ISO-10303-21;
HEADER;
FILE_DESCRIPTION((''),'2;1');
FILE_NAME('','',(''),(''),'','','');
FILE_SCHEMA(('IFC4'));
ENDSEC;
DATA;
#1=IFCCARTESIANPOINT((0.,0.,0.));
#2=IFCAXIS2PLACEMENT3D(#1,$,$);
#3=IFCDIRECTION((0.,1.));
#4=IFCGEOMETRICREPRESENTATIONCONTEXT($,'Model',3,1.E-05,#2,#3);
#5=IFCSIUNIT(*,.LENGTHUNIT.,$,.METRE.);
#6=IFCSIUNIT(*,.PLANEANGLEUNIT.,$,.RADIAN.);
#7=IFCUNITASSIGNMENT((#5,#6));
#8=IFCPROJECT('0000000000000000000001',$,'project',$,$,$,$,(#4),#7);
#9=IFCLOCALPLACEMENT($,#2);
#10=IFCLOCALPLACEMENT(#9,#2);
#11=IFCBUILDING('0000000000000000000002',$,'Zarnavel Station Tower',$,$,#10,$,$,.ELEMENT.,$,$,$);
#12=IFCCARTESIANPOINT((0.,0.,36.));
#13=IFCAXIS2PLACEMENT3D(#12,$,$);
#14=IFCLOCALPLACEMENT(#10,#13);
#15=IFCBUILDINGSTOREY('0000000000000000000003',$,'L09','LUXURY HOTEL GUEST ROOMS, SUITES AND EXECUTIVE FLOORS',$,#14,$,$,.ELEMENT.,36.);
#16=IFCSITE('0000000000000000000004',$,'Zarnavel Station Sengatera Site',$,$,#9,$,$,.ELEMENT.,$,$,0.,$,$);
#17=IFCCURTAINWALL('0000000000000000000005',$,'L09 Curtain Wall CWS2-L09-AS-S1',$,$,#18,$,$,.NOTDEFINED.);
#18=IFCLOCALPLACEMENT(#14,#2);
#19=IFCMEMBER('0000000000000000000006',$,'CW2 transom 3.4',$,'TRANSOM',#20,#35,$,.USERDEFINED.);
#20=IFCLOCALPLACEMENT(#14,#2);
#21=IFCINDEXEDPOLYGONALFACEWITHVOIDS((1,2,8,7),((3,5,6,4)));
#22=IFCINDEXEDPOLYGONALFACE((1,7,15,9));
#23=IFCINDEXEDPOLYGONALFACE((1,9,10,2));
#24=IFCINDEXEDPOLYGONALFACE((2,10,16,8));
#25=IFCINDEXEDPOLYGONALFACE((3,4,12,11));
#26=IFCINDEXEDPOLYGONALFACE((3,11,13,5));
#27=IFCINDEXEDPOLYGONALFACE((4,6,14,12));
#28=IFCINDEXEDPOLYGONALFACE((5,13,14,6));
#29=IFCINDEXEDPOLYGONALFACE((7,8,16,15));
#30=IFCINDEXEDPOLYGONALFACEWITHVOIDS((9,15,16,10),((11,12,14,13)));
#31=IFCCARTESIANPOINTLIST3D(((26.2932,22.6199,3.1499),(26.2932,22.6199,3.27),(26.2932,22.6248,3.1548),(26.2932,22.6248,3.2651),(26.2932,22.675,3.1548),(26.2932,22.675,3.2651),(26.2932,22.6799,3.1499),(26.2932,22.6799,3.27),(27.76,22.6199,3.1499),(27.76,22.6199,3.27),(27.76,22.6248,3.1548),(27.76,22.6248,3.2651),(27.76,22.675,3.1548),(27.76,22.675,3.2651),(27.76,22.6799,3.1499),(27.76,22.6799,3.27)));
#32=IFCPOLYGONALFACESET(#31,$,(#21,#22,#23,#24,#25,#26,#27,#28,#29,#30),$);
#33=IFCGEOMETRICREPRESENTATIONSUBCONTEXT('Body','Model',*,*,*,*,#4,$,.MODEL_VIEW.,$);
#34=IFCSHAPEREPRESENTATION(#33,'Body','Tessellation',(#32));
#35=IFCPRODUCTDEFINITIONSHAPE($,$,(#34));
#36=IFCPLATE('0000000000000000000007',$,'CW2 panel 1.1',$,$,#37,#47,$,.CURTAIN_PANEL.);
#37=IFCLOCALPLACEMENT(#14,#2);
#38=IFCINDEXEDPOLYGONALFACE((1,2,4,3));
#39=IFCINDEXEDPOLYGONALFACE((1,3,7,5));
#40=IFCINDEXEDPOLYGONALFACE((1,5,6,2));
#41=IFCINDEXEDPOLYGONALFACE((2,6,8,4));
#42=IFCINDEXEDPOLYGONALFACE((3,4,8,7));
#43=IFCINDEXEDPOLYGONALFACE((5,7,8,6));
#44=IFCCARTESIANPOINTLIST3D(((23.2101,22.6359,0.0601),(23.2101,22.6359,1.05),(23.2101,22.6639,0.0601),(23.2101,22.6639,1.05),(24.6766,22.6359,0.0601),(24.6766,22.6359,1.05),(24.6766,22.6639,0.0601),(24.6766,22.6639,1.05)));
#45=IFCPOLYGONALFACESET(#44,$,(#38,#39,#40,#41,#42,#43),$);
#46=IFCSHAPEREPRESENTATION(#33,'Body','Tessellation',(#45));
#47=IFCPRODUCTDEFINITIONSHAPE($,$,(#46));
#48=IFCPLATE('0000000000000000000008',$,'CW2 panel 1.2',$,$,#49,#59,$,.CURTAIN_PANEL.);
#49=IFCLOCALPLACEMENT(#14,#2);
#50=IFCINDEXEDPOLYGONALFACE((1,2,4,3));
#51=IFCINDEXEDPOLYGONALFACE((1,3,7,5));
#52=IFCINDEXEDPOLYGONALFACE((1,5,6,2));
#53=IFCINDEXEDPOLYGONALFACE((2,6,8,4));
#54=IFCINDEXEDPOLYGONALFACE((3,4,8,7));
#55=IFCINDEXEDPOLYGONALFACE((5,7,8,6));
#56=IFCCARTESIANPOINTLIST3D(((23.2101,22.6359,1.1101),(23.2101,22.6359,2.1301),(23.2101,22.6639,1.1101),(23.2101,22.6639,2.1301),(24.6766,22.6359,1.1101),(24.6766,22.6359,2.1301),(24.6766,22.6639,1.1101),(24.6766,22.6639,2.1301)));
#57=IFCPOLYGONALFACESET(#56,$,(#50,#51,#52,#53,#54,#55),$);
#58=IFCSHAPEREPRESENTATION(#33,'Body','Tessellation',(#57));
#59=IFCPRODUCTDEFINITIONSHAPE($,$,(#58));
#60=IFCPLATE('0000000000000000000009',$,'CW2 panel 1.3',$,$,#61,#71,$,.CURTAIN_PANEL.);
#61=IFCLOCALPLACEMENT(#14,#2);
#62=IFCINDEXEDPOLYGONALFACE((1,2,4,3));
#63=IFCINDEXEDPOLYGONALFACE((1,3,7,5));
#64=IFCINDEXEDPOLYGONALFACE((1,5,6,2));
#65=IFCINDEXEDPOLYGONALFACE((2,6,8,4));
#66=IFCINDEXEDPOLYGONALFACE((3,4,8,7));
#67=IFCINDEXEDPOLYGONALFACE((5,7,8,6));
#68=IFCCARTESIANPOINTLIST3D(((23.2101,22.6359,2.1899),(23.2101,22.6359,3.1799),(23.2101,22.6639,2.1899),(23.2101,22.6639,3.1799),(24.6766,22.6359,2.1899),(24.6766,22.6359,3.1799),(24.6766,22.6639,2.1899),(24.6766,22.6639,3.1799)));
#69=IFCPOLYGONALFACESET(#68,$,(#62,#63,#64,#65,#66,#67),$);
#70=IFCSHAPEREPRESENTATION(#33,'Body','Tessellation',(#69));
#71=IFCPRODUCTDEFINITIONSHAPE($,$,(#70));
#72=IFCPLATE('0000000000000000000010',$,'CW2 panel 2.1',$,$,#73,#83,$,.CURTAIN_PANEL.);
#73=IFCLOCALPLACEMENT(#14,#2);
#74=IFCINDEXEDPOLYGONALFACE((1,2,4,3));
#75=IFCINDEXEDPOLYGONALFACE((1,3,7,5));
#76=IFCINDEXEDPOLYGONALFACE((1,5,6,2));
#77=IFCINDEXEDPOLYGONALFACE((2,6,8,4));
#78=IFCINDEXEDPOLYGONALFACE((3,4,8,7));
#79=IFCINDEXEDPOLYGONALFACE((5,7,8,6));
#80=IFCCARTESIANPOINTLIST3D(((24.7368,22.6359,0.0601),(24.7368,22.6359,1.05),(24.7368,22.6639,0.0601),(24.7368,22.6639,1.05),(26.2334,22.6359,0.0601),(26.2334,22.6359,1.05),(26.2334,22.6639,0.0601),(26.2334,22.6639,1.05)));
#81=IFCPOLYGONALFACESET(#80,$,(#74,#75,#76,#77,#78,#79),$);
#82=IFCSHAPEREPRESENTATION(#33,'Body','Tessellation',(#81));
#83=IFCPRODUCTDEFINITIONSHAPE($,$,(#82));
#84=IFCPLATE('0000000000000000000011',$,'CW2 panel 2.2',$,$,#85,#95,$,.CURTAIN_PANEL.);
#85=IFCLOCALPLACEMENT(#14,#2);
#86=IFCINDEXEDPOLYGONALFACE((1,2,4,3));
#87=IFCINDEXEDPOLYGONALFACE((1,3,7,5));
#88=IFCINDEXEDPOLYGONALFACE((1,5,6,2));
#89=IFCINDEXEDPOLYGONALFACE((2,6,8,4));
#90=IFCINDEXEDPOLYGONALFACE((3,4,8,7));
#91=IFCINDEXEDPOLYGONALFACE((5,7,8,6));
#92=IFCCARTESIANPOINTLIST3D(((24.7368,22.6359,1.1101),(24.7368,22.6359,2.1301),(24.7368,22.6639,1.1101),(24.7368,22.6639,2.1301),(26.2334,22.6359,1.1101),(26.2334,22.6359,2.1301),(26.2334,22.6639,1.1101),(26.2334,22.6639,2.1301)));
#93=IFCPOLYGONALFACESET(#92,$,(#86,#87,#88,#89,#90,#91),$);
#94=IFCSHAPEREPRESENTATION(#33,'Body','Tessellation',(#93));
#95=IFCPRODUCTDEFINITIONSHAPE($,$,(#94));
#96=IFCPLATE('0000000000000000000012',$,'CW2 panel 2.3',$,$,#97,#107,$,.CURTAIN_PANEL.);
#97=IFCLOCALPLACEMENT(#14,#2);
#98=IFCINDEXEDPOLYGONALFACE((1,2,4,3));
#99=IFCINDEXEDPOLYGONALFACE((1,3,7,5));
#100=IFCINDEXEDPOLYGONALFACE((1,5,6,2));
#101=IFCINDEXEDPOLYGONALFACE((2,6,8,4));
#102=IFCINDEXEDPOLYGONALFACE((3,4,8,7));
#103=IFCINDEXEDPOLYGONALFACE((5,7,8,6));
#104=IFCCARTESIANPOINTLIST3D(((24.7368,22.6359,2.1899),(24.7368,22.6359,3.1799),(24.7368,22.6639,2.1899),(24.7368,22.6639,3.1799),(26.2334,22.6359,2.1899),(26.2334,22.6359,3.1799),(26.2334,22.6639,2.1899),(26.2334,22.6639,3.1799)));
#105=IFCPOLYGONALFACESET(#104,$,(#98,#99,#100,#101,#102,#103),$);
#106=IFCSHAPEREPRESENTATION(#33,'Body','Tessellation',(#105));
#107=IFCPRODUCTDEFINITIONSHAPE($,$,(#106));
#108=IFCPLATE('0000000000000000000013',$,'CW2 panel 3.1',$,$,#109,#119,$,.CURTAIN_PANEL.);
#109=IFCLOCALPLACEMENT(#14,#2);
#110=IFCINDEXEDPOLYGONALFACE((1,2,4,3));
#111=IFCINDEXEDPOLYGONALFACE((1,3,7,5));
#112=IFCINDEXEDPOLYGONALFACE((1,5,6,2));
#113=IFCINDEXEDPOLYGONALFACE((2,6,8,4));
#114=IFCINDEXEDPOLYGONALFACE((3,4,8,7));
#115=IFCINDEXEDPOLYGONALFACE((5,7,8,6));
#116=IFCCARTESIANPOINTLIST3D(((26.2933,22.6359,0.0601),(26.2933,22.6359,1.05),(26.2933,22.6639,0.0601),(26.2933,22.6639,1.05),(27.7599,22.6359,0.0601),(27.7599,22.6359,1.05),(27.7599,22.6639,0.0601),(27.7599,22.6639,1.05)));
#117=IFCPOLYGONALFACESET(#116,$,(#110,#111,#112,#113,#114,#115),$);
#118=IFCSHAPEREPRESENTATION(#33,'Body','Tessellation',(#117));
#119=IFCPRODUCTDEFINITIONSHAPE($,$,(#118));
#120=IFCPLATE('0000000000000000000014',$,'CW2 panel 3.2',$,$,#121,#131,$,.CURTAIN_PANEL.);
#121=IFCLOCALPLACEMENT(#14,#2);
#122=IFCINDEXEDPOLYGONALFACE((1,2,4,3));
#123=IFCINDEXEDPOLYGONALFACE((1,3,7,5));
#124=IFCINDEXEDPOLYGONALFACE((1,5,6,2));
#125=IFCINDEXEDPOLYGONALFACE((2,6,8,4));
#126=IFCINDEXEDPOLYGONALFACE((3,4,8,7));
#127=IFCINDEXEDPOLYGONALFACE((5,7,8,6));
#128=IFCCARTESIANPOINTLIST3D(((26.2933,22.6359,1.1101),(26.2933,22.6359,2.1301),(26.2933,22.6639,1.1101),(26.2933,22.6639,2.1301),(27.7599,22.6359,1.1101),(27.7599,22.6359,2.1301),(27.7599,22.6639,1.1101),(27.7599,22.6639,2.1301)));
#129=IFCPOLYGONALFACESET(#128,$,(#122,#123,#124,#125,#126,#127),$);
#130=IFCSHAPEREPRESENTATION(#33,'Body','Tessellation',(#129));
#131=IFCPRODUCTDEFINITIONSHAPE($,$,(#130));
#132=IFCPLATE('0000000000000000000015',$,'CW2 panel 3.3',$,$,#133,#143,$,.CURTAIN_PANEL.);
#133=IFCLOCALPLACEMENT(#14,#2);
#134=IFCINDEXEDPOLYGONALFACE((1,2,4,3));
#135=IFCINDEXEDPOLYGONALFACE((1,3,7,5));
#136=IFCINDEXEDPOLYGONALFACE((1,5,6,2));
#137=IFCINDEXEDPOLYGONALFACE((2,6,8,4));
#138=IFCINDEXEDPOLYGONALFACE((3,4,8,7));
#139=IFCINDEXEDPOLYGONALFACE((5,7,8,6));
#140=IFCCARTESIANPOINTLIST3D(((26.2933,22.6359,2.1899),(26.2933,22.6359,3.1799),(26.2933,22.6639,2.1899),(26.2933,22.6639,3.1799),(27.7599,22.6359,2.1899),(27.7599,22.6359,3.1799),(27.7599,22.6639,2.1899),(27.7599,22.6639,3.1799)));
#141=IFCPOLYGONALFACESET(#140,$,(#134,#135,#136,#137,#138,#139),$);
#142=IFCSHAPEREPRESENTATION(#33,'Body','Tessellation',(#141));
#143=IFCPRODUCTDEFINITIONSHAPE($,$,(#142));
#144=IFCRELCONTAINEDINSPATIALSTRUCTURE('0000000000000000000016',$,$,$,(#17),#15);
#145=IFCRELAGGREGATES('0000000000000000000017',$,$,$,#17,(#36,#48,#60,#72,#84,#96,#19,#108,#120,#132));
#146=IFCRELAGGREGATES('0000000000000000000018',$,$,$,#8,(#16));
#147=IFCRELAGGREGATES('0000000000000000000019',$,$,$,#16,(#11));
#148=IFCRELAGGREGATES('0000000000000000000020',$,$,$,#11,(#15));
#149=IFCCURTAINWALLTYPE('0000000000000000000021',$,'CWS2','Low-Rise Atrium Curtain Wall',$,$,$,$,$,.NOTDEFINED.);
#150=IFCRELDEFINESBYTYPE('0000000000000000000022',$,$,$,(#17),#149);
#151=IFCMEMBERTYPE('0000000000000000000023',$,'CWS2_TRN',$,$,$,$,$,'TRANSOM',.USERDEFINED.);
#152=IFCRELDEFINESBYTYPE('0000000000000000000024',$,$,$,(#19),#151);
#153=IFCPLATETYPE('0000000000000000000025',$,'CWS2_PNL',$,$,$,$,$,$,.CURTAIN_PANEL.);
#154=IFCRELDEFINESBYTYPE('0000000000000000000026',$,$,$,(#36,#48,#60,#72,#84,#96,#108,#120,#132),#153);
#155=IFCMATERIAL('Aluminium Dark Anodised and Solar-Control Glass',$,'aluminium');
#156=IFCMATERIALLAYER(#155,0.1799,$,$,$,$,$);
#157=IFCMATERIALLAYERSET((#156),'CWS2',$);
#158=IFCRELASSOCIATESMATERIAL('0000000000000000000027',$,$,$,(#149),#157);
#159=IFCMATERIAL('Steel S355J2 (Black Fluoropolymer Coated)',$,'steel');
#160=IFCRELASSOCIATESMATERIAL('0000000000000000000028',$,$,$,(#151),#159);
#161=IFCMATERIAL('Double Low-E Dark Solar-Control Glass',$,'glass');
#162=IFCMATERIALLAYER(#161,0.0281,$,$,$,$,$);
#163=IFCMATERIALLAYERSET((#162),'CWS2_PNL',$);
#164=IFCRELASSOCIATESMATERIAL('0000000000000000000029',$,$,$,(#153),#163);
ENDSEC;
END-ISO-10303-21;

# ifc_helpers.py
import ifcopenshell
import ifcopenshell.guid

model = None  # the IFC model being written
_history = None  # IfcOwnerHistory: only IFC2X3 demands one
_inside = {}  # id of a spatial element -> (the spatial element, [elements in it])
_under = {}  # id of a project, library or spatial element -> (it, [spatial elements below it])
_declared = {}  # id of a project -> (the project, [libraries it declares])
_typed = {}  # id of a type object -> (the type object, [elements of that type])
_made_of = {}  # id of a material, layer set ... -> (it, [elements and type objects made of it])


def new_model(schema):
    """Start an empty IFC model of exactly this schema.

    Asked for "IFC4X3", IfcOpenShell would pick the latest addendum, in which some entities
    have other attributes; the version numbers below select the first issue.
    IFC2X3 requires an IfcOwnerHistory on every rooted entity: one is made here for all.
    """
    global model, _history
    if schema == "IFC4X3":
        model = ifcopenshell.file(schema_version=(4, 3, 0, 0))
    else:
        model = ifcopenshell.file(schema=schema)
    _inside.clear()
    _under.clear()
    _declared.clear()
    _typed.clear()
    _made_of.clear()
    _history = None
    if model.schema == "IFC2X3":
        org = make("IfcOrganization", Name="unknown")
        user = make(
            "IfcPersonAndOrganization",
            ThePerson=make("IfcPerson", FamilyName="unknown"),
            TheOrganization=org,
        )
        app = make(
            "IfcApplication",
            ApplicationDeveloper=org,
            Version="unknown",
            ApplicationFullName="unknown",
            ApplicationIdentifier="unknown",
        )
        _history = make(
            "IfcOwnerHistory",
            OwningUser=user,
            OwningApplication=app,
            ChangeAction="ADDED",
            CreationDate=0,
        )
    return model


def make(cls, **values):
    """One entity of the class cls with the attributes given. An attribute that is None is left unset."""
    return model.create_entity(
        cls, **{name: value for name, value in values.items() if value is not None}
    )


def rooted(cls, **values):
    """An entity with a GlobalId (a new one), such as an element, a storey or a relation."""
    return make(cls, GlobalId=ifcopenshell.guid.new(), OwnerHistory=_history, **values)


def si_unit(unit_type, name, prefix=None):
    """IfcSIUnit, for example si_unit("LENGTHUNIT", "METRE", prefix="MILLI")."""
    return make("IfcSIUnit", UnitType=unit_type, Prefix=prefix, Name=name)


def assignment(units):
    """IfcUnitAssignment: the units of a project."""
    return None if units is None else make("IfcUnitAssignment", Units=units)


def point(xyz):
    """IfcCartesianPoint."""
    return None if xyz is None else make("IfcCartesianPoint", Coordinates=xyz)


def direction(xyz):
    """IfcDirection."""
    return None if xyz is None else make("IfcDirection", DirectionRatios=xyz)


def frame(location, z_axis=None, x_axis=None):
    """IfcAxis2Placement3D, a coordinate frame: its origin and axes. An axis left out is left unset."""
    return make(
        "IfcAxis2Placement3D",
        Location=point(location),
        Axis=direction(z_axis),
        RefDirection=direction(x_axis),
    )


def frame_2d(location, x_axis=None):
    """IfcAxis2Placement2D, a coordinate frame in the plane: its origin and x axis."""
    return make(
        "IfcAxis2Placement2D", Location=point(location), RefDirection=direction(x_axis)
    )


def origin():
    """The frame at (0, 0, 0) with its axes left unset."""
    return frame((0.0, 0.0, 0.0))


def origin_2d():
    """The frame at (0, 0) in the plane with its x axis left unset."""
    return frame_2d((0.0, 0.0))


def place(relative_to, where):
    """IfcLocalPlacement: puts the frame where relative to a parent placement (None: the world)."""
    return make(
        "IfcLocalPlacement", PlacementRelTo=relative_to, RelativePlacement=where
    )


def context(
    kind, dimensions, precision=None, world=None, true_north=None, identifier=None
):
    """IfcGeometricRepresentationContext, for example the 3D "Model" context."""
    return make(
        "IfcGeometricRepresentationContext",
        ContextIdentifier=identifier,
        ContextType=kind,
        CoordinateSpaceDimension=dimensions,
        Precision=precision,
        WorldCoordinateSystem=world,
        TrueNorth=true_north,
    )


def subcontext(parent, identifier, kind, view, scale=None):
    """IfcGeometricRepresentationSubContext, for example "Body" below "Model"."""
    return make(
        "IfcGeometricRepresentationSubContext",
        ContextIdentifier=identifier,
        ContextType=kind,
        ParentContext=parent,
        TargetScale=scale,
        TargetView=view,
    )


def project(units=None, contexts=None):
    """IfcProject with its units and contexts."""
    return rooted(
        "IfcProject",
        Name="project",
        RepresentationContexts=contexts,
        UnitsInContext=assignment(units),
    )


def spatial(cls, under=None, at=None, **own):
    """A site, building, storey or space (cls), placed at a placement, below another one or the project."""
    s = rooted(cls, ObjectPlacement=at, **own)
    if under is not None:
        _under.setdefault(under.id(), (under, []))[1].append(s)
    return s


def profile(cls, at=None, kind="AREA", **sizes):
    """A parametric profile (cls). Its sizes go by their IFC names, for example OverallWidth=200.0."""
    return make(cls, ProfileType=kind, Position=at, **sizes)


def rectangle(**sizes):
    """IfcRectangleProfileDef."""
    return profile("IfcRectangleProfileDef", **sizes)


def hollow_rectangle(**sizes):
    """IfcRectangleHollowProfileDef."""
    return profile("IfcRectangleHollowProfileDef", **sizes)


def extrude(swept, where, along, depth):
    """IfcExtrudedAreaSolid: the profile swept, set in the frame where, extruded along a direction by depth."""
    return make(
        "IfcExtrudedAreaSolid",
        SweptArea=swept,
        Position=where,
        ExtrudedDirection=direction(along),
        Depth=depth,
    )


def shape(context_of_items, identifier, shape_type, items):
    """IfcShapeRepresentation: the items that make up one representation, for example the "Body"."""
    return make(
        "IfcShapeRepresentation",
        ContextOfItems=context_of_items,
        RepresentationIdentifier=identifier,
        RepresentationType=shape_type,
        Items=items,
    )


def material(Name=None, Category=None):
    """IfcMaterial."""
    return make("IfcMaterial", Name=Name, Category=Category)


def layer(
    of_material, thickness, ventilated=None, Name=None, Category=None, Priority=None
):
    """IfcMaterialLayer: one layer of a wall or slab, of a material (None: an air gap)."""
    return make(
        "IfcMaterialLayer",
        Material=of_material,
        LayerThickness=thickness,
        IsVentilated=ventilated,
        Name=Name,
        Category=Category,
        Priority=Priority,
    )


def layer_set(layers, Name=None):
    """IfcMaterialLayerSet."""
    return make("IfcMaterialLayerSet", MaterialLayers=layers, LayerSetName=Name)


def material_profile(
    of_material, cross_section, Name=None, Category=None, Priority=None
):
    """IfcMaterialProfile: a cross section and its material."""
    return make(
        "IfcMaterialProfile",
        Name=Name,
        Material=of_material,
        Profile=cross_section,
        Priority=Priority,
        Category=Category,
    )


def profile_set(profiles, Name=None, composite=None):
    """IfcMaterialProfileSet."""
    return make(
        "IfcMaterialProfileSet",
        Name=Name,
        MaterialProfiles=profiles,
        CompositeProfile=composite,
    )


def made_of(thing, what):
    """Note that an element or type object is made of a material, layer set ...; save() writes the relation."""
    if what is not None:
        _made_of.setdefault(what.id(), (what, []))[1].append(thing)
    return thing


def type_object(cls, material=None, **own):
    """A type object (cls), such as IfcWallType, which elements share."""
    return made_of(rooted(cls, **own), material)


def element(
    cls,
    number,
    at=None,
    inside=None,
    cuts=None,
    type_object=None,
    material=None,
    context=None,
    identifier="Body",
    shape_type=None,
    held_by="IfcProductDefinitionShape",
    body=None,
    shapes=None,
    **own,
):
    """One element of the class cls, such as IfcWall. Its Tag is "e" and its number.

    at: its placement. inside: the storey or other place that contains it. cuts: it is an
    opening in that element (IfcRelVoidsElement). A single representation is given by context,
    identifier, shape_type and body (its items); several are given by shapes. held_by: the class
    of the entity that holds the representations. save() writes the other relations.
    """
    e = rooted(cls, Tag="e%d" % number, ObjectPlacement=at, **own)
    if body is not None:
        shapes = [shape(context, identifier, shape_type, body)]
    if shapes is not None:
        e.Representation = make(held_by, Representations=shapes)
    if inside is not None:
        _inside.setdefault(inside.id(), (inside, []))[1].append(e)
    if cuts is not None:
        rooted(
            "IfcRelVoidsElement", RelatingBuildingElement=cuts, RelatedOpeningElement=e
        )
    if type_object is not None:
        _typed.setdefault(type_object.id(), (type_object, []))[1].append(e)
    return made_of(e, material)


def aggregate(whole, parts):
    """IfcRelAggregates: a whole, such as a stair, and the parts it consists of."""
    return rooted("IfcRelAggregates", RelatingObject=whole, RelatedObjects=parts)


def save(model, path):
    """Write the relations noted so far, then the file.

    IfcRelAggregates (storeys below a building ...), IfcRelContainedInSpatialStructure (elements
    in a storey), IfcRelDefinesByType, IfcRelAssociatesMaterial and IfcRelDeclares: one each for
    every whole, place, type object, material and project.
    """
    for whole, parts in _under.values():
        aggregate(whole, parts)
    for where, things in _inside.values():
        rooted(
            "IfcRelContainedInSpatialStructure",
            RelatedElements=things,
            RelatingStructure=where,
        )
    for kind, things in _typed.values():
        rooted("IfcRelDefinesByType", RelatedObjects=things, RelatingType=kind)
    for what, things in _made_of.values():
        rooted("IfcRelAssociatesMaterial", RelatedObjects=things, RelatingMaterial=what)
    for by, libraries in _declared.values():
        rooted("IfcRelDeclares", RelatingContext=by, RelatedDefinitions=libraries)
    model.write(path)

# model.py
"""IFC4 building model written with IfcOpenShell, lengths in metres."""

from ifc_helpers import new_model, si_unit, direction, frame, origin, origin_2d, place, context, subcontext, project, spatial, rectangle, hollow_rectangle, extrude, material, layer, layer_set, material_profile, profile_set, type_object, element, aggregate, save


model = new_model("IFC4")

# Units and contexts
model_context = context("Model", 3, precision=1e-05, world=origin(), true_north=direction((0.0, 1.0)))
body_context = subcontext(model_context, "Body", "Model", "MODEL_VIEW")
ifc_project = project(units=[si_unit("LENGTHUNIT", "METRE"), si_unit("PLANEANGLEUNIT", "RADIAN")], contexts=[model_context])

# Site, building, storey
site_placement = place(None, origin())
site = spatial("IfcSite", under=ifc_project, at=site_placement, Name="Zarnavel Station Sengatera Site", CompositionType="ELEMENT", RefElevation=0.0)
building_placement = place(site_placement, origin())
building = spatial("IfcBuilding", under=site, at=building_placement, Name="Zarnavel Station Tower", CompositionType="ELEMENT")
storey_placement = place(building_placement, frame((0.0, 0.0, 36.0)))
storey = spatial("IfcBuildingStorey", under=building, at=storey_placement, Name="L09", Description="LUXURY HOTEL GUEST ROOMS, SUITES AND EXECUTIVE FLOORS", CompositionType="ELEMENT", Elevation=36.0)

# Curtain wall, member, plates
ifc_material_1 = material(Name="Aluminium Dark Anodised and Solar-Control Glass", Category="aluminium")
ifc_layer_1 = layer(ifc_material_1, 0.1799)
ifc_layer_set_1 = layer_set([ifc_layer_1], Name="CWS2")
curtain_wall_type = type_object("IfcCurtainWallType", Name="CWS2", Description="Low-Rise Atrium Curtain Wall", PredefinedType="NOTDEFINED", material=ifc_layer_set_1)
curtain_wall_placement = place(storey_placement, origin())
curtain_wall = element("IfcCurtainWall", 1, at=curtain_wall_placement, inside=storey, type_object=curtain_wall_type, Name="L09 Curtain Wall CWS2-L09-AS-S1", PredefinedType="NOTDEFINED")
ifc_material_2 = material(Name="Steel S355J2 (Black Fluoropolymer Coated)", Category="steel")
ifc_material_profile_1 = material_profile(ifc_material_2, hollow_rectangle(XDim=0.0601, YDim=0.1201, WallThickness=0.0049, at=origin_2d()), Name="RHS120x60x5")
ifc_profile_set_1 = profile_set([ifc_material_profile_1], Name="Steel S355J2 (Black Fluoropolymer Coated)")
member_type_1 = type_object("IfcMemberType", Name="CWS2_TRN", ElementType="TRANSOM", PredefinedType="USERDEFINED", material=ifc_profile_set_1)
member_1_placement = place(storey_placement, frame((26.2932, 22.6499, 3.21), z_axis=(1.0, 0.0, 0.0), x_axis=(0.0, 1.0, 0.0)))
member_1 = element("IfcMember", 2, at=member_1_placement, type_object=member_type_1, Name="CW2 transom 3.4", ObjectType="TRANSOM", PredefinedType="USERDEFINED", context=body_context, shape_type="SweptSolid", body=[
    extrude(hollow_rectangle(XDim=0.0601, YDim=0.1201, WallThickness=0.0049, at=origin_2d()), origin(), (0.0, 0.0, 1.0), 1.4668),
])
ifc_material_3 = material(Name="Double Low-E Dark Solar-Control Glass", Category="glass")
ifc_layer_2 = layer(ifc_material_3, 0.0281)
ifc_layer_set_2 = layer_set([ifc_layer_2], Name="CWS2_PNL")
plate_type = type_object("IfcPlateType", Name="CWS2_PNL", PredefinedType="CURTAIN_PANEL", material=ifc_layer_set_2)
plate_1_placement = place(storey_placement, frame((23.9434, 22.6499, 0.0601), z_axis=(0.0, 0.0, 1.0), x_axis=(1.0, 0.0, 0.0)))
plate_1 = element("IfcPlate", 3, at=plate_1_placement, type_object=plate_type, Name="CW2 panel 1.1", PredefinedType="CURTAIN_PANEL", context=body_context, shape_type="SweptSolid", body=[
    extrude(rectangle(XDim=1.4666, YDim=0.0281, at=origin_2d()), origin(), (0.0, 0.0, 1.0), 0.99),
])
plate_2_placement = place(storey_placement, frame((23.9434, 22.6499, 1.1101), z_axis=(0.0, 0.0, 1.0), x_axis=(1.0, 0.0, 0.0)))
plate_2 = element("IfcPlate", 4, at=plate_2_placement, type_object=plate_type, Name="CW2 panel 1.2", PredefinedType="CURTAIN_PANEL", context=body_context, shape_type="SweptSolid", body=[
    extrude(rectangle(XDim=1.4666, YDim=0.0281, at=origin_2d()), origin(), (0.0, 0.0, 1.0), 1.02),
])
plate_3_placement = place(storey_placement, frame((23.9434, 22.6499, 2.1899), z_axis=(0.0, 0.0, 1.0), x_axis=(1.0, 0.0, 0.0)))
plate_3 = element("IfcPlate", 5, at=plate_3_placement, type_object=plate_type, Name="CW2 panel 1.3", PredefinedType="CURTAIN_PANEL", context=body_context, shape_type="SweptSolid", body=[
    extrude(rectangle(XDim=1.4666, YDim=0.0281, at=origin_2d()), origin(), (0.0, 0.0, 1.0), 0.99),
])
plate_4_placement = place(storey_placement, frame((25.4851, 22.6499, 0.0601), z_axis=(0.0, 0.0, 1.0), x_axis=(1.0, 0.0, 0.0)))
plate_4 = element("IfcPlate", 6, at=plate_4_placement, type_object=plate_type, Name="CW2 panel 2.1", PredefinedType="CURTAIN_PANEL", context=body_context, shape_type="SweptSolid", body=[
    extrude(rectangle(XDim=1.4966, YDim=0.0281, at=origin_2d()), origin(), (0.0, 0.0, 1.0), 0.99),
])
plate_5_placement = place(storey_placement, frame((25.4851, 22.6499, 1.1101), z_axis=(0.0, 0.0, 1.0), x_axis=(1.0, 0.0, 0.0)))
plate_5 = element("IfcPlate", 7, at=plate_5_placement, type_object=plate_type, Name="CW2 panel 2.2", PredefinedType="CURTAIN_PANEL", context=body_context, shape_type="SweptSolid", body=[
    extrude(rectangle(XDim=1.4966, YDim=0.0281, at=origin_2d()), origin(), (0.0, 0.0, 1.0), 1.02),
])
plate_6_placement = place(storey_placement, frame((25.4851, 22.6499, 2.1899), z_axis=(0.0, 0.0, 1.0), x_axis=(1.0, 0.0, 0.0)))
plate_6 = element("IfcPlate", 8, at=plate_6_placement, type_object=plate_type, Name="CW2 panel 2.3", PredefinedType="CURTAIN_PANEL", context=body_context, shape_type="SweptSolid", body=[
    extrude(rectangle(XDim=1.4966, YDim=0.0281, at=origin_2d()), origin(), (0.0, 0.0, 1.0), 0.99),
])
plate_7_placement = place(storey_placement, frame((27.0266, 22.6499, 0.0601), z_axis=(0.0, 0.0, 1.0), x_axis=(1.0, 0.0, 0.0)))
plate_7 = element("IfcPlate", 9, at=plate_7_placement, type_object=plate_type, Name="CW2 panel 3.1", PredefinedType="CURTAIN_PANEL", context=body_context, shape_type="SweptSolid", body=[
    extrude(rectangle(XDim=1.4666, YDim=0.0281, at=origin_2d()), origin(), (0.0, 0.0, 1.0), 0.99),
])
plate_8_placement = place(storey_placement, frame((27.0266, 22.6499, 1.1101), z_axis=(0.0, 0.0, 1.0), x_axis=(1.0, 0.0, 0.0)))
plate_8 = element("IfcPlate", 10, at=plate_8_placement, type_object=plate_type, Name="CW2 panel 3.2", PredefinedType="CURTAIN_PANEL", context=body_context, shape_type="SweptSolid", body=[
    extrude(rectangle(XDim=1.4666, YDim=0.0281, at=origin_2d()), origin(), (0.0, 0.0, 1.0), 1.02),
])
plate_9_placement = place(storey_placement, frame((27.0266, 22.6499, 2.1899), z_axis=(0.0, 0.0, 1.0), x_axis=(1.0, 0.0, 0.0)))
plate_9 = element("IfcPlate", 11, at=plate_9_placement, type_object=plate_type, Name="CW2 panel 3.3", PredefinedType="CURTAIN_PANEL", context=body_context, shape_type="SweptSolid", body=[
    extrude(rectangle(XDim=1.4666, YDim=0.0281, at=origin_2d()), origin(), (0.0, 0.0, 1.0), 0.99),
])
aggregate(curtain_wall, [plate_1, plate_2, plate_3, plate_4, plate_5, plate_6, member_1, plate_7, plate_8, plate_9])

save(model, "model.ifc")
